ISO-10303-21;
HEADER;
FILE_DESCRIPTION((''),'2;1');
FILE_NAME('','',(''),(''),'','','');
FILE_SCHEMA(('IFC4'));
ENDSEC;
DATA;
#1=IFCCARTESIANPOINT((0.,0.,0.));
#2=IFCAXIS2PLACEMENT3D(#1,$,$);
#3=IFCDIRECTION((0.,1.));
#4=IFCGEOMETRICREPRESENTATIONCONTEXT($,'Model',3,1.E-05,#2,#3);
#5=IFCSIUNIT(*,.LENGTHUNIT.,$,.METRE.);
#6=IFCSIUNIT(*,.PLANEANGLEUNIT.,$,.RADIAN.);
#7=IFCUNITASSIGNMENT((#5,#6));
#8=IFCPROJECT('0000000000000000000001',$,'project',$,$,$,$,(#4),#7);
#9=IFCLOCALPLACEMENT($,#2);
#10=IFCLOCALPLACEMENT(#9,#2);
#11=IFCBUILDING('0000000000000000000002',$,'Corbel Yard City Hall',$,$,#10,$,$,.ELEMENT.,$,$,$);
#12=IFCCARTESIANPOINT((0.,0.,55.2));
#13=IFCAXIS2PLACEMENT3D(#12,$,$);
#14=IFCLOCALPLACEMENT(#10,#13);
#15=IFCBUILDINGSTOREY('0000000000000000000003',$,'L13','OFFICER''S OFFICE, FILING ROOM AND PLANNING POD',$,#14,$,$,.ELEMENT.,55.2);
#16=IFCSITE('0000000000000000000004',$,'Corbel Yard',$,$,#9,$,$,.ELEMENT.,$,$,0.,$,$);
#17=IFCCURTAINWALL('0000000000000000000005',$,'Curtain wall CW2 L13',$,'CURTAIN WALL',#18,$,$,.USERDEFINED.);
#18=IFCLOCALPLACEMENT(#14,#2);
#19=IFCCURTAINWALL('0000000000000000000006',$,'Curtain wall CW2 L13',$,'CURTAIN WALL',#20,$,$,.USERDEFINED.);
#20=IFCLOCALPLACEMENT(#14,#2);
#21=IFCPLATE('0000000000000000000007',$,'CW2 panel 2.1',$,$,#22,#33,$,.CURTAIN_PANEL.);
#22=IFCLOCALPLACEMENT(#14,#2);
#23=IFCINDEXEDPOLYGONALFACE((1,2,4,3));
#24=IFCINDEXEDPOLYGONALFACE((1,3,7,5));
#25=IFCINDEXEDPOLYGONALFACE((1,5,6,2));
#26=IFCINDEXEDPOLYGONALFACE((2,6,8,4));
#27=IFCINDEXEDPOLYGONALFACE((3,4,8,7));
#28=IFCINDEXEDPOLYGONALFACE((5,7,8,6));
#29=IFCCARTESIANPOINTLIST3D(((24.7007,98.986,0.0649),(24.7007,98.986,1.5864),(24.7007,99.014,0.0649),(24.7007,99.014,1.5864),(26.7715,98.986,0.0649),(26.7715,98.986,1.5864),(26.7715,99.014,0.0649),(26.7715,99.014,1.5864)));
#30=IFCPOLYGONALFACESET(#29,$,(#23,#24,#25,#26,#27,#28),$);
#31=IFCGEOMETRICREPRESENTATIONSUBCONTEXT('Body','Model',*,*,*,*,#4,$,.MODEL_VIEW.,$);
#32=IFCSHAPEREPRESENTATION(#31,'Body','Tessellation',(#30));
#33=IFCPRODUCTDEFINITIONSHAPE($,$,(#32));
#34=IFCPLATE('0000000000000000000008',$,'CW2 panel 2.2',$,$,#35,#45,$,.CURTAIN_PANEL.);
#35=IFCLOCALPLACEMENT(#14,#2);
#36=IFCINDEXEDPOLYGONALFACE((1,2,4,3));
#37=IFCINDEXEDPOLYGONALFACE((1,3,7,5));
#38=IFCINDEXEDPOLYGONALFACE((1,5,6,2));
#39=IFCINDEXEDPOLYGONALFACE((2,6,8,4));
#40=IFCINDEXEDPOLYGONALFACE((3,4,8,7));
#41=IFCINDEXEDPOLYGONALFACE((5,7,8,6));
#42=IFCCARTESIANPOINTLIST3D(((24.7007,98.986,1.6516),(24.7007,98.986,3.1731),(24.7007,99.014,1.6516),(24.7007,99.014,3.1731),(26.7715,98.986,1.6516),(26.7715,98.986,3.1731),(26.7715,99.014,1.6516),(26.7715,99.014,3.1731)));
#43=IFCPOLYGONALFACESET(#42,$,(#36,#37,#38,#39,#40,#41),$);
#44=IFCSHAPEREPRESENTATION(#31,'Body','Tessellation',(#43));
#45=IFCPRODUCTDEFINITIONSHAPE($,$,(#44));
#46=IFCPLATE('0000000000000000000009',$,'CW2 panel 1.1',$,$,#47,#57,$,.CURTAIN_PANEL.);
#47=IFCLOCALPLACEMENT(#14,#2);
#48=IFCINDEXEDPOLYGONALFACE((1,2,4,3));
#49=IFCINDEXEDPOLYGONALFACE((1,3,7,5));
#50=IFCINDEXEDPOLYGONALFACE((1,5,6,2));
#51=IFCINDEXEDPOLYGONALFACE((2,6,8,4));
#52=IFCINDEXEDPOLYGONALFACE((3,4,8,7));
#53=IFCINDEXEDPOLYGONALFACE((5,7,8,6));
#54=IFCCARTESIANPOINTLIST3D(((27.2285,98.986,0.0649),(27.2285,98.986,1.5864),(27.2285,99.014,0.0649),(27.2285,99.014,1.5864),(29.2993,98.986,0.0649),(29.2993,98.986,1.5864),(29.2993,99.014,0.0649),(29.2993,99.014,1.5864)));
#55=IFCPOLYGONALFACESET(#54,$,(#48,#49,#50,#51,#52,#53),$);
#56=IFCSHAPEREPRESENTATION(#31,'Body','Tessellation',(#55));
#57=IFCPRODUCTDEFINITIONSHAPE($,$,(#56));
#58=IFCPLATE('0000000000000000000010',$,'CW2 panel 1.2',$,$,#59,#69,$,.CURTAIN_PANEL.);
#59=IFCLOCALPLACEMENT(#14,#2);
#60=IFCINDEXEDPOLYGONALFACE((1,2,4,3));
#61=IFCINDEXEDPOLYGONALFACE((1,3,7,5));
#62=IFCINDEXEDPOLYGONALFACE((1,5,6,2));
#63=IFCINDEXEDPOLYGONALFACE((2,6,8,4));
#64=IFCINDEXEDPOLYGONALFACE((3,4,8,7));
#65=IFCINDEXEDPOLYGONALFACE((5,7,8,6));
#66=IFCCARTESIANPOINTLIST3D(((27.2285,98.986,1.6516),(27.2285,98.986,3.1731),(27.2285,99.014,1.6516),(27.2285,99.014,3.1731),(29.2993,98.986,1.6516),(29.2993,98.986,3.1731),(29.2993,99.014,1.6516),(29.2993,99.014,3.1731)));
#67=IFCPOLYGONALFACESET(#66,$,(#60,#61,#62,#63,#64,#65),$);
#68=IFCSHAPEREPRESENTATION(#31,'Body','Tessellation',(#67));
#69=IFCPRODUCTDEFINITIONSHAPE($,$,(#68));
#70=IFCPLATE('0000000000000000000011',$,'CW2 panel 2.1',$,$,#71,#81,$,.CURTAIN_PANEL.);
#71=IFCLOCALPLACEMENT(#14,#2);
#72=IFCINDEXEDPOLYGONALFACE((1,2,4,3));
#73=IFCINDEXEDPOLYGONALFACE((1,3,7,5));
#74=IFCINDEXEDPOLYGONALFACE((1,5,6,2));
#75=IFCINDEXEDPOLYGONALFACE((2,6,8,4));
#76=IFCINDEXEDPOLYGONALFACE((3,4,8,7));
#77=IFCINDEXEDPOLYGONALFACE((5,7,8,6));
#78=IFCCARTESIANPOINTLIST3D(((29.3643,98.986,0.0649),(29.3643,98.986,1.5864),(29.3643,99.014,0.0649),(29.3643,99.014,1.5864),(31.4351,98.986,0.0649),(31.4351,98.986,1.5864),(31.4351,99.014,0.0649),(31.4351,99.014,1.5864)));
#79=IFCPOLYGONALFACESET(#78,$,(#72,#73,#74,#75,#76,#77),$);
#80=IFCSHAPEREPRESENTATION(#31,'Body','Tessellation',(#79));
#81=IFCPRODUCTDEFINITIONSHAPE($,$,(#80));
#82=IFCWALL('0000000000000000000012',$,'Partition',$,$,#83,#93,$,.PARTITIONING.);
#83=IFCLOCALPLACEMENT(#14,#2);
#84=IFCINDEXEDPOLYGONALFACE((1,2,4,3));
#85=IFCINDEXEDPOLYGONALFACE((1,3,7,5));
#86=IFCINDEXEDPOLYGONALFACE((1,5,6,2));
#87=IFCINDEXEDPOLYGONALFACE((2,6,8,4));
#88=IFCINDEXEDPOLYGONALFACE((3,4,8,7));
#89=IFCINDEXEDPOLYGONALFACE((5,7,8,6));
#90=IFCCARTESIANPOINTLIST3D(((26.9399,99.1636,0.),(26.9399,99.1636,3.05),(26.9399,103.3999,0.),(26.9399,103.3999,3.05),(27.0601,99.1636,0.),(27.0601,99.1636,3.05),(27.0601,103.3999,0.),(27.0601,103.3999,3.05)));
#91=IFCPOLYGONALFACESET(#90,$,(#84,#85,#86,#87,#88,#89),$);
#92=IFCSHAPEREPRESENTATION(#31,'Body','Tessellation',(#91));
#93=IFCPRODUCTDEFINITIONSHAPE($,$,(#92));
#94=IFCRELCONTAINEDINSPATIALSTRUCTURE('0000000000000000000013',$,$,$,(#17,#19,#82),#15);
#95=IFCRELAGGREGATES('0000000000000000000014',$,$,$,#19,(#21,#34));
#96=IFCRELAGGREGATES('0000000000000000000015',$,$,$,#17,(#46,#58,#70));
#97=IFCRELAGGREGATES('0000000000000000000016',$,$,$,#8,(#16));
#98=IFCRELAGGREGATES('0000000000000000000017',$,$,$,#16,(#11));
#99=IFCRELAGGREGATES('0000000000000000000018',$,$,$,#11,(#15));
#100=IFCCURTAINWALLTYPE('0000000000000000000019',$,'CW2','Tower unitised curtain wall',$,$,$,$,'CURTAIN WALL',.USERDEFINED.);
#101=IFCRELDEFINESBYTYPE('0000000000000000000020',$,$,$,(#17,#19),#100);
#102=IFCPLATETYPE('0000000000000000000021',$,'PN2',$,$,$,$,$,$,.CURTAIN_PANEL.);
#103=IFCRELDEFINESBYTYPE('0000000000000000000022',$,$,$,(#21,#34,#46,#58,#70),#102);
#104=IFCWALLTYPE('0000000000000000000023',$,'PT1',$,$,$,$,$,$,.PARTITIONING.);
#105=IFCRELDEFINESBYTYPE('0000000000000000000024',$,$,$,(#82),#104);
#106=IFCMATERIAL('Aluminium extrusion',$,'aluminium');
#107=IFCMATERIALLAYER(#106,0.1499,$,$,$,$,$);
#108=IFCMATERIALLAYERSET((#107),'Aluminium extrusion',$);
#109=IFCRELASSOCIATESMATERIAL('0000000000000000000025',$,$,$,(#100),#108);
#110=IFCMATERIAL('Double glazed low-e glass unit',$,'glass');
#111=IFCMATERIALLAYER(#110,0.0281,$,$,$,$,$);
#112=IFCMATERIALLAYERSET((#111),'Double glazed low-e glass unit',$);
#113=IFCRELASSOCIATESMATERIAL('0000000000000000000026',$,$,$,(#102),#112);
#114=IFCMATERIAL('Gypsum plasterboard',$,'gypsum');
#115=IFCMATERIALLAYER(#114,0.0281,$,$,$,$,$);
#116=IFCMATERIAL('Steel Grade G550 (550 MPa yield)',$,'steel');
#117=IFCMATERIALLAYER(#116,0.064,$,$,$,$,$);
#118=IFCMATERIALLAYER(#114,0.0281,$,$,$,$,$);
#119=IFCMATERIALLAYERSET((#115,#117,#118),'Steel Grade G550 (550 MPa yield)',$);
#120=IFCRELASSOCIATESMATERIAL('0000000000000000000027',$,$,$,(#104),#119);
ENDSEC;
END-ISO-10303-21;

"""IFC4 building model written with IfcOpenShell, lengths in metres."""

from ifc_helpers import new_model, si_unit, direction, frame, frame_2d, origin, origin_2d, place, context, subcontext, project, spatial, rectangle, extrude, material, layer, layer_set, type_object, element, aggregate, save


model = new_model("IFC4")

# Units and contexts
model_context = context("Model", 3, precision=1e-05, world=origin(), true_north=direction((0.0, 1.0)))
body_context = subcontext(model_context, "Body", "Model", "MODEL_VIEW")
ifc_project = project(units=[si_unit("LENGTHUNIT", "METRE"), si_unit("PLANEANGLEUNIT", "RADIAN")], contexts=[model_context])

# Site, building, storey
site_placement = place(None, origin())
site = spatial("IfcSite", under=ifc_project, at=site_placement, Name="Corbel Yard", CompositionType="ELEMENT", RefElevation=0.0)
building_placement = place(site_placement, origin())
building = spatial("IfcBuilding", under=site, at=building_placement, Name="Corbel Yard City Hall", CompositionType="ELEMENT")
storey_placement = place(building_placement, frame((0.0, 0.0, 55.2)))
storey = spatial("IfcBuildingStorey", under=building, at=storey_placement, Name="L13", Description="OFFICER'S OFFICE, FILING ROOM AND PLANNING POD", CompositionType="ELEMENT", Elevation=55.2)

# Curtain walls
ifc_material_1 = material(Name="Aluminium extrusion", Category="aluminium")
ifc_layer_1 = layer(ifc_material_1, 0.1499)
ifc_layer_set_1 = layer_set([ifc_layer_1], Name="Aluminium extrusion")
curtain_wall_type = type_object("IfcCurtainWallType", Name="CW2", Description="Tower unitised curtain wall", ElementType="CURTAIN WALL", PredefinedType="USERDEFINED", material=ifc_layer_set_1)
curtain_wall_1_placement = place(storey_placement, origin())
curtain_wall_1 = element("IfcCurtainWall", 1, at=curtain_wall_1_placement, inside=storey, type_object=curtain_wall_type, Name="Curtain wall CW2 L13", ObjectType="CURTAIN WALL", PredefinedType="USERDEFINED")
curtain_wall_2_placement = place(storey_placement, origin())
curtain_wall_2 = element("IfcCurtainWall", 2, at=curtain_wall_2_placement, inside=storey, type_object=curtain_wall_type, Name="Curtain wall CW2 L13", ObjectType="CURTAIN WALL", PredefinedType="USERDEFINED")

# Plates
ifc_material_2 = material(Name="Double glazed low-e glass unit", Category="glass")
ifc_layer_2 = layer(ifc_material_2, 0.0281)
ifc_layer_set_2 = layer_set([ifc_layer_2], Name="Double glazed low-e glass unit")
plate_type = type_object("IfcPlateType", Name="PN2", PredefinedType="CURTAIN_PANEL", material=ifc_layer_set_2)
plate_1_placement = place(storey_placement, frame((25.7361, 99.0, 0.0649), z_axis=(0.0, 0.0, 1.0), x_axis=(1.0, 0.0, 0.0)))
plate_1 = element("IfcPlate", 3, at=plate_1_placement, type_object=plate_type, Name="CW2 panel 2.1", PredefinedType="CURTAIN_PANEL", context=body_context, shape_type="SweptSolid", body=[
    extrude(rectangle(XDim=2.0708, YDim=0.0281, at=origin_2d()), origin(), (0.0, 0.0, 1.0), 1.5215),
])
plate_2_placement = place(storey_placement, frame((25.7361, 99.0, 1.6516), z_axis=(0.0, 0.0, 1.0), x_axis=(1.0, 0.0, 0.0)))
plate_2 = element("IfcPlate", 4, at=plate_2_placement, type_object=plate_type, Name="CW2 panel 2.2", PredefinedType="CURTAIN_PANEL", context=body_context, shape_type="SweptSolid", body=[
    extrude(rectangle(XDim=2.0708, YDim=0.0281, at=origin_2d()), origin(), (0.0, 0.0, 1.0), 1.5215),
])
aggregate(curtain_wall_2, [plate_1, plate_2])
plate_3_placement = place(storey_placement, frame((28.2639, 99.0, 0.0649), z_axis=(0.0, 0.0, 1.0), x_axis=(1.0, 0.0, 0.0)))
plate_3 = element("IfcPlate", 5, at=plate_3_placement, type_object=plate_type, Name="CW2 panel 1.1", PredefinedType="CURTAIN_PANEL", context=body_context, shape_type="SweptSolid", body=[
    extrude(rectangle(XDim=2.0708, YDim=0.0281, at=origin_2d()), origin(), (0.0, 0.0, 1.0), 1.5215),
])
plate_4_placement = place(storey_placement, frame((28.2639, 99.0, 1.6516), z_axis=(0.0, 0.0, 1.0), x_axis=(1.0, 0.0, 0.0)))
plate_4 = element("IfcPlate", 6, at=plate_4_placement, type_object=plate_type, Name="CW2 panel 1.2", PredefinedType="CURTAIN_PANEL", context=body_context, shape_type="SweptSolid", body=[
    extrude(rectangle(XDim=2.0708, YDim=0.0281, at=origin_2d()), origin(), (0.0, 0.0, 1.0), 1.5215),
])
plate_5_placement = place(storey_placement, frame((30.3997, 99.0, 0.0649), z_axis=(0.0, 0.0, 1.0), x_axis=(1.0, 0.0, 0.0)))
plate_5 = element("IfcPlate", 7, at=plate_5_placement, type_object=plate_type, Name="CW2 panel 2.1", PredefinedType="CURTAIN_PANEL", context=body_context, shape_type="SweptSolid", body=[
    extrude(rectangle(XDim=2.0708, YDim=0.0281, at=origin_2d()), origin(), (0.0, 0.0, 1.0), 1.5215),
])
aggregate(curtain_wall_1, [plate_3, plate_4, plate_5])

# Wall
ifc_material_3 = material(Name="Gypsum plasterboard", Category="gypsum")
ifc_layer_3 = layer(ifc_material_3, 0.0281)
ifc_material_4 = material(Name="Steel Grade G550 (550 MPa yield)", Category="steel")
ifc_layer_4 = layer(ifc_material_4, 0.064)
ifc_layer_5 = layer(ifc_material_3, 0.0281)
ifc_layer_set_3 = layer_set([ifc_layer_3, ifc_layer_4, ifc_layer_5], Name="Steel Grade G550 (550 MPa yield)")
wall_type = type_object("IfcWallType", Name="PT1", PredefinedType="PARTITIONING", material=ifc_layer_set_3)
wall_placement = place(storey_placement, frame((27.0, 99.1636, 0.0), z_axis=(0.0, 0.0, 1.0), x_axis=(0.0, 1.0, 0.0)))
element("IfcWall", 8, at=wall_placement, inside=storey, type_object=wall_type, Name="Partition", PredefinedType="PARTITIONING", context=body_context, shape_type="SweptSolid", body=[
    extrude(rectangle(XDim=4.2363, YDim=0.1201, at=frame_2d((2.1182, 0.0))), origin(), (0.0, 0.0, 1.0), 3.05),
])

save(model, "model.ifc")
